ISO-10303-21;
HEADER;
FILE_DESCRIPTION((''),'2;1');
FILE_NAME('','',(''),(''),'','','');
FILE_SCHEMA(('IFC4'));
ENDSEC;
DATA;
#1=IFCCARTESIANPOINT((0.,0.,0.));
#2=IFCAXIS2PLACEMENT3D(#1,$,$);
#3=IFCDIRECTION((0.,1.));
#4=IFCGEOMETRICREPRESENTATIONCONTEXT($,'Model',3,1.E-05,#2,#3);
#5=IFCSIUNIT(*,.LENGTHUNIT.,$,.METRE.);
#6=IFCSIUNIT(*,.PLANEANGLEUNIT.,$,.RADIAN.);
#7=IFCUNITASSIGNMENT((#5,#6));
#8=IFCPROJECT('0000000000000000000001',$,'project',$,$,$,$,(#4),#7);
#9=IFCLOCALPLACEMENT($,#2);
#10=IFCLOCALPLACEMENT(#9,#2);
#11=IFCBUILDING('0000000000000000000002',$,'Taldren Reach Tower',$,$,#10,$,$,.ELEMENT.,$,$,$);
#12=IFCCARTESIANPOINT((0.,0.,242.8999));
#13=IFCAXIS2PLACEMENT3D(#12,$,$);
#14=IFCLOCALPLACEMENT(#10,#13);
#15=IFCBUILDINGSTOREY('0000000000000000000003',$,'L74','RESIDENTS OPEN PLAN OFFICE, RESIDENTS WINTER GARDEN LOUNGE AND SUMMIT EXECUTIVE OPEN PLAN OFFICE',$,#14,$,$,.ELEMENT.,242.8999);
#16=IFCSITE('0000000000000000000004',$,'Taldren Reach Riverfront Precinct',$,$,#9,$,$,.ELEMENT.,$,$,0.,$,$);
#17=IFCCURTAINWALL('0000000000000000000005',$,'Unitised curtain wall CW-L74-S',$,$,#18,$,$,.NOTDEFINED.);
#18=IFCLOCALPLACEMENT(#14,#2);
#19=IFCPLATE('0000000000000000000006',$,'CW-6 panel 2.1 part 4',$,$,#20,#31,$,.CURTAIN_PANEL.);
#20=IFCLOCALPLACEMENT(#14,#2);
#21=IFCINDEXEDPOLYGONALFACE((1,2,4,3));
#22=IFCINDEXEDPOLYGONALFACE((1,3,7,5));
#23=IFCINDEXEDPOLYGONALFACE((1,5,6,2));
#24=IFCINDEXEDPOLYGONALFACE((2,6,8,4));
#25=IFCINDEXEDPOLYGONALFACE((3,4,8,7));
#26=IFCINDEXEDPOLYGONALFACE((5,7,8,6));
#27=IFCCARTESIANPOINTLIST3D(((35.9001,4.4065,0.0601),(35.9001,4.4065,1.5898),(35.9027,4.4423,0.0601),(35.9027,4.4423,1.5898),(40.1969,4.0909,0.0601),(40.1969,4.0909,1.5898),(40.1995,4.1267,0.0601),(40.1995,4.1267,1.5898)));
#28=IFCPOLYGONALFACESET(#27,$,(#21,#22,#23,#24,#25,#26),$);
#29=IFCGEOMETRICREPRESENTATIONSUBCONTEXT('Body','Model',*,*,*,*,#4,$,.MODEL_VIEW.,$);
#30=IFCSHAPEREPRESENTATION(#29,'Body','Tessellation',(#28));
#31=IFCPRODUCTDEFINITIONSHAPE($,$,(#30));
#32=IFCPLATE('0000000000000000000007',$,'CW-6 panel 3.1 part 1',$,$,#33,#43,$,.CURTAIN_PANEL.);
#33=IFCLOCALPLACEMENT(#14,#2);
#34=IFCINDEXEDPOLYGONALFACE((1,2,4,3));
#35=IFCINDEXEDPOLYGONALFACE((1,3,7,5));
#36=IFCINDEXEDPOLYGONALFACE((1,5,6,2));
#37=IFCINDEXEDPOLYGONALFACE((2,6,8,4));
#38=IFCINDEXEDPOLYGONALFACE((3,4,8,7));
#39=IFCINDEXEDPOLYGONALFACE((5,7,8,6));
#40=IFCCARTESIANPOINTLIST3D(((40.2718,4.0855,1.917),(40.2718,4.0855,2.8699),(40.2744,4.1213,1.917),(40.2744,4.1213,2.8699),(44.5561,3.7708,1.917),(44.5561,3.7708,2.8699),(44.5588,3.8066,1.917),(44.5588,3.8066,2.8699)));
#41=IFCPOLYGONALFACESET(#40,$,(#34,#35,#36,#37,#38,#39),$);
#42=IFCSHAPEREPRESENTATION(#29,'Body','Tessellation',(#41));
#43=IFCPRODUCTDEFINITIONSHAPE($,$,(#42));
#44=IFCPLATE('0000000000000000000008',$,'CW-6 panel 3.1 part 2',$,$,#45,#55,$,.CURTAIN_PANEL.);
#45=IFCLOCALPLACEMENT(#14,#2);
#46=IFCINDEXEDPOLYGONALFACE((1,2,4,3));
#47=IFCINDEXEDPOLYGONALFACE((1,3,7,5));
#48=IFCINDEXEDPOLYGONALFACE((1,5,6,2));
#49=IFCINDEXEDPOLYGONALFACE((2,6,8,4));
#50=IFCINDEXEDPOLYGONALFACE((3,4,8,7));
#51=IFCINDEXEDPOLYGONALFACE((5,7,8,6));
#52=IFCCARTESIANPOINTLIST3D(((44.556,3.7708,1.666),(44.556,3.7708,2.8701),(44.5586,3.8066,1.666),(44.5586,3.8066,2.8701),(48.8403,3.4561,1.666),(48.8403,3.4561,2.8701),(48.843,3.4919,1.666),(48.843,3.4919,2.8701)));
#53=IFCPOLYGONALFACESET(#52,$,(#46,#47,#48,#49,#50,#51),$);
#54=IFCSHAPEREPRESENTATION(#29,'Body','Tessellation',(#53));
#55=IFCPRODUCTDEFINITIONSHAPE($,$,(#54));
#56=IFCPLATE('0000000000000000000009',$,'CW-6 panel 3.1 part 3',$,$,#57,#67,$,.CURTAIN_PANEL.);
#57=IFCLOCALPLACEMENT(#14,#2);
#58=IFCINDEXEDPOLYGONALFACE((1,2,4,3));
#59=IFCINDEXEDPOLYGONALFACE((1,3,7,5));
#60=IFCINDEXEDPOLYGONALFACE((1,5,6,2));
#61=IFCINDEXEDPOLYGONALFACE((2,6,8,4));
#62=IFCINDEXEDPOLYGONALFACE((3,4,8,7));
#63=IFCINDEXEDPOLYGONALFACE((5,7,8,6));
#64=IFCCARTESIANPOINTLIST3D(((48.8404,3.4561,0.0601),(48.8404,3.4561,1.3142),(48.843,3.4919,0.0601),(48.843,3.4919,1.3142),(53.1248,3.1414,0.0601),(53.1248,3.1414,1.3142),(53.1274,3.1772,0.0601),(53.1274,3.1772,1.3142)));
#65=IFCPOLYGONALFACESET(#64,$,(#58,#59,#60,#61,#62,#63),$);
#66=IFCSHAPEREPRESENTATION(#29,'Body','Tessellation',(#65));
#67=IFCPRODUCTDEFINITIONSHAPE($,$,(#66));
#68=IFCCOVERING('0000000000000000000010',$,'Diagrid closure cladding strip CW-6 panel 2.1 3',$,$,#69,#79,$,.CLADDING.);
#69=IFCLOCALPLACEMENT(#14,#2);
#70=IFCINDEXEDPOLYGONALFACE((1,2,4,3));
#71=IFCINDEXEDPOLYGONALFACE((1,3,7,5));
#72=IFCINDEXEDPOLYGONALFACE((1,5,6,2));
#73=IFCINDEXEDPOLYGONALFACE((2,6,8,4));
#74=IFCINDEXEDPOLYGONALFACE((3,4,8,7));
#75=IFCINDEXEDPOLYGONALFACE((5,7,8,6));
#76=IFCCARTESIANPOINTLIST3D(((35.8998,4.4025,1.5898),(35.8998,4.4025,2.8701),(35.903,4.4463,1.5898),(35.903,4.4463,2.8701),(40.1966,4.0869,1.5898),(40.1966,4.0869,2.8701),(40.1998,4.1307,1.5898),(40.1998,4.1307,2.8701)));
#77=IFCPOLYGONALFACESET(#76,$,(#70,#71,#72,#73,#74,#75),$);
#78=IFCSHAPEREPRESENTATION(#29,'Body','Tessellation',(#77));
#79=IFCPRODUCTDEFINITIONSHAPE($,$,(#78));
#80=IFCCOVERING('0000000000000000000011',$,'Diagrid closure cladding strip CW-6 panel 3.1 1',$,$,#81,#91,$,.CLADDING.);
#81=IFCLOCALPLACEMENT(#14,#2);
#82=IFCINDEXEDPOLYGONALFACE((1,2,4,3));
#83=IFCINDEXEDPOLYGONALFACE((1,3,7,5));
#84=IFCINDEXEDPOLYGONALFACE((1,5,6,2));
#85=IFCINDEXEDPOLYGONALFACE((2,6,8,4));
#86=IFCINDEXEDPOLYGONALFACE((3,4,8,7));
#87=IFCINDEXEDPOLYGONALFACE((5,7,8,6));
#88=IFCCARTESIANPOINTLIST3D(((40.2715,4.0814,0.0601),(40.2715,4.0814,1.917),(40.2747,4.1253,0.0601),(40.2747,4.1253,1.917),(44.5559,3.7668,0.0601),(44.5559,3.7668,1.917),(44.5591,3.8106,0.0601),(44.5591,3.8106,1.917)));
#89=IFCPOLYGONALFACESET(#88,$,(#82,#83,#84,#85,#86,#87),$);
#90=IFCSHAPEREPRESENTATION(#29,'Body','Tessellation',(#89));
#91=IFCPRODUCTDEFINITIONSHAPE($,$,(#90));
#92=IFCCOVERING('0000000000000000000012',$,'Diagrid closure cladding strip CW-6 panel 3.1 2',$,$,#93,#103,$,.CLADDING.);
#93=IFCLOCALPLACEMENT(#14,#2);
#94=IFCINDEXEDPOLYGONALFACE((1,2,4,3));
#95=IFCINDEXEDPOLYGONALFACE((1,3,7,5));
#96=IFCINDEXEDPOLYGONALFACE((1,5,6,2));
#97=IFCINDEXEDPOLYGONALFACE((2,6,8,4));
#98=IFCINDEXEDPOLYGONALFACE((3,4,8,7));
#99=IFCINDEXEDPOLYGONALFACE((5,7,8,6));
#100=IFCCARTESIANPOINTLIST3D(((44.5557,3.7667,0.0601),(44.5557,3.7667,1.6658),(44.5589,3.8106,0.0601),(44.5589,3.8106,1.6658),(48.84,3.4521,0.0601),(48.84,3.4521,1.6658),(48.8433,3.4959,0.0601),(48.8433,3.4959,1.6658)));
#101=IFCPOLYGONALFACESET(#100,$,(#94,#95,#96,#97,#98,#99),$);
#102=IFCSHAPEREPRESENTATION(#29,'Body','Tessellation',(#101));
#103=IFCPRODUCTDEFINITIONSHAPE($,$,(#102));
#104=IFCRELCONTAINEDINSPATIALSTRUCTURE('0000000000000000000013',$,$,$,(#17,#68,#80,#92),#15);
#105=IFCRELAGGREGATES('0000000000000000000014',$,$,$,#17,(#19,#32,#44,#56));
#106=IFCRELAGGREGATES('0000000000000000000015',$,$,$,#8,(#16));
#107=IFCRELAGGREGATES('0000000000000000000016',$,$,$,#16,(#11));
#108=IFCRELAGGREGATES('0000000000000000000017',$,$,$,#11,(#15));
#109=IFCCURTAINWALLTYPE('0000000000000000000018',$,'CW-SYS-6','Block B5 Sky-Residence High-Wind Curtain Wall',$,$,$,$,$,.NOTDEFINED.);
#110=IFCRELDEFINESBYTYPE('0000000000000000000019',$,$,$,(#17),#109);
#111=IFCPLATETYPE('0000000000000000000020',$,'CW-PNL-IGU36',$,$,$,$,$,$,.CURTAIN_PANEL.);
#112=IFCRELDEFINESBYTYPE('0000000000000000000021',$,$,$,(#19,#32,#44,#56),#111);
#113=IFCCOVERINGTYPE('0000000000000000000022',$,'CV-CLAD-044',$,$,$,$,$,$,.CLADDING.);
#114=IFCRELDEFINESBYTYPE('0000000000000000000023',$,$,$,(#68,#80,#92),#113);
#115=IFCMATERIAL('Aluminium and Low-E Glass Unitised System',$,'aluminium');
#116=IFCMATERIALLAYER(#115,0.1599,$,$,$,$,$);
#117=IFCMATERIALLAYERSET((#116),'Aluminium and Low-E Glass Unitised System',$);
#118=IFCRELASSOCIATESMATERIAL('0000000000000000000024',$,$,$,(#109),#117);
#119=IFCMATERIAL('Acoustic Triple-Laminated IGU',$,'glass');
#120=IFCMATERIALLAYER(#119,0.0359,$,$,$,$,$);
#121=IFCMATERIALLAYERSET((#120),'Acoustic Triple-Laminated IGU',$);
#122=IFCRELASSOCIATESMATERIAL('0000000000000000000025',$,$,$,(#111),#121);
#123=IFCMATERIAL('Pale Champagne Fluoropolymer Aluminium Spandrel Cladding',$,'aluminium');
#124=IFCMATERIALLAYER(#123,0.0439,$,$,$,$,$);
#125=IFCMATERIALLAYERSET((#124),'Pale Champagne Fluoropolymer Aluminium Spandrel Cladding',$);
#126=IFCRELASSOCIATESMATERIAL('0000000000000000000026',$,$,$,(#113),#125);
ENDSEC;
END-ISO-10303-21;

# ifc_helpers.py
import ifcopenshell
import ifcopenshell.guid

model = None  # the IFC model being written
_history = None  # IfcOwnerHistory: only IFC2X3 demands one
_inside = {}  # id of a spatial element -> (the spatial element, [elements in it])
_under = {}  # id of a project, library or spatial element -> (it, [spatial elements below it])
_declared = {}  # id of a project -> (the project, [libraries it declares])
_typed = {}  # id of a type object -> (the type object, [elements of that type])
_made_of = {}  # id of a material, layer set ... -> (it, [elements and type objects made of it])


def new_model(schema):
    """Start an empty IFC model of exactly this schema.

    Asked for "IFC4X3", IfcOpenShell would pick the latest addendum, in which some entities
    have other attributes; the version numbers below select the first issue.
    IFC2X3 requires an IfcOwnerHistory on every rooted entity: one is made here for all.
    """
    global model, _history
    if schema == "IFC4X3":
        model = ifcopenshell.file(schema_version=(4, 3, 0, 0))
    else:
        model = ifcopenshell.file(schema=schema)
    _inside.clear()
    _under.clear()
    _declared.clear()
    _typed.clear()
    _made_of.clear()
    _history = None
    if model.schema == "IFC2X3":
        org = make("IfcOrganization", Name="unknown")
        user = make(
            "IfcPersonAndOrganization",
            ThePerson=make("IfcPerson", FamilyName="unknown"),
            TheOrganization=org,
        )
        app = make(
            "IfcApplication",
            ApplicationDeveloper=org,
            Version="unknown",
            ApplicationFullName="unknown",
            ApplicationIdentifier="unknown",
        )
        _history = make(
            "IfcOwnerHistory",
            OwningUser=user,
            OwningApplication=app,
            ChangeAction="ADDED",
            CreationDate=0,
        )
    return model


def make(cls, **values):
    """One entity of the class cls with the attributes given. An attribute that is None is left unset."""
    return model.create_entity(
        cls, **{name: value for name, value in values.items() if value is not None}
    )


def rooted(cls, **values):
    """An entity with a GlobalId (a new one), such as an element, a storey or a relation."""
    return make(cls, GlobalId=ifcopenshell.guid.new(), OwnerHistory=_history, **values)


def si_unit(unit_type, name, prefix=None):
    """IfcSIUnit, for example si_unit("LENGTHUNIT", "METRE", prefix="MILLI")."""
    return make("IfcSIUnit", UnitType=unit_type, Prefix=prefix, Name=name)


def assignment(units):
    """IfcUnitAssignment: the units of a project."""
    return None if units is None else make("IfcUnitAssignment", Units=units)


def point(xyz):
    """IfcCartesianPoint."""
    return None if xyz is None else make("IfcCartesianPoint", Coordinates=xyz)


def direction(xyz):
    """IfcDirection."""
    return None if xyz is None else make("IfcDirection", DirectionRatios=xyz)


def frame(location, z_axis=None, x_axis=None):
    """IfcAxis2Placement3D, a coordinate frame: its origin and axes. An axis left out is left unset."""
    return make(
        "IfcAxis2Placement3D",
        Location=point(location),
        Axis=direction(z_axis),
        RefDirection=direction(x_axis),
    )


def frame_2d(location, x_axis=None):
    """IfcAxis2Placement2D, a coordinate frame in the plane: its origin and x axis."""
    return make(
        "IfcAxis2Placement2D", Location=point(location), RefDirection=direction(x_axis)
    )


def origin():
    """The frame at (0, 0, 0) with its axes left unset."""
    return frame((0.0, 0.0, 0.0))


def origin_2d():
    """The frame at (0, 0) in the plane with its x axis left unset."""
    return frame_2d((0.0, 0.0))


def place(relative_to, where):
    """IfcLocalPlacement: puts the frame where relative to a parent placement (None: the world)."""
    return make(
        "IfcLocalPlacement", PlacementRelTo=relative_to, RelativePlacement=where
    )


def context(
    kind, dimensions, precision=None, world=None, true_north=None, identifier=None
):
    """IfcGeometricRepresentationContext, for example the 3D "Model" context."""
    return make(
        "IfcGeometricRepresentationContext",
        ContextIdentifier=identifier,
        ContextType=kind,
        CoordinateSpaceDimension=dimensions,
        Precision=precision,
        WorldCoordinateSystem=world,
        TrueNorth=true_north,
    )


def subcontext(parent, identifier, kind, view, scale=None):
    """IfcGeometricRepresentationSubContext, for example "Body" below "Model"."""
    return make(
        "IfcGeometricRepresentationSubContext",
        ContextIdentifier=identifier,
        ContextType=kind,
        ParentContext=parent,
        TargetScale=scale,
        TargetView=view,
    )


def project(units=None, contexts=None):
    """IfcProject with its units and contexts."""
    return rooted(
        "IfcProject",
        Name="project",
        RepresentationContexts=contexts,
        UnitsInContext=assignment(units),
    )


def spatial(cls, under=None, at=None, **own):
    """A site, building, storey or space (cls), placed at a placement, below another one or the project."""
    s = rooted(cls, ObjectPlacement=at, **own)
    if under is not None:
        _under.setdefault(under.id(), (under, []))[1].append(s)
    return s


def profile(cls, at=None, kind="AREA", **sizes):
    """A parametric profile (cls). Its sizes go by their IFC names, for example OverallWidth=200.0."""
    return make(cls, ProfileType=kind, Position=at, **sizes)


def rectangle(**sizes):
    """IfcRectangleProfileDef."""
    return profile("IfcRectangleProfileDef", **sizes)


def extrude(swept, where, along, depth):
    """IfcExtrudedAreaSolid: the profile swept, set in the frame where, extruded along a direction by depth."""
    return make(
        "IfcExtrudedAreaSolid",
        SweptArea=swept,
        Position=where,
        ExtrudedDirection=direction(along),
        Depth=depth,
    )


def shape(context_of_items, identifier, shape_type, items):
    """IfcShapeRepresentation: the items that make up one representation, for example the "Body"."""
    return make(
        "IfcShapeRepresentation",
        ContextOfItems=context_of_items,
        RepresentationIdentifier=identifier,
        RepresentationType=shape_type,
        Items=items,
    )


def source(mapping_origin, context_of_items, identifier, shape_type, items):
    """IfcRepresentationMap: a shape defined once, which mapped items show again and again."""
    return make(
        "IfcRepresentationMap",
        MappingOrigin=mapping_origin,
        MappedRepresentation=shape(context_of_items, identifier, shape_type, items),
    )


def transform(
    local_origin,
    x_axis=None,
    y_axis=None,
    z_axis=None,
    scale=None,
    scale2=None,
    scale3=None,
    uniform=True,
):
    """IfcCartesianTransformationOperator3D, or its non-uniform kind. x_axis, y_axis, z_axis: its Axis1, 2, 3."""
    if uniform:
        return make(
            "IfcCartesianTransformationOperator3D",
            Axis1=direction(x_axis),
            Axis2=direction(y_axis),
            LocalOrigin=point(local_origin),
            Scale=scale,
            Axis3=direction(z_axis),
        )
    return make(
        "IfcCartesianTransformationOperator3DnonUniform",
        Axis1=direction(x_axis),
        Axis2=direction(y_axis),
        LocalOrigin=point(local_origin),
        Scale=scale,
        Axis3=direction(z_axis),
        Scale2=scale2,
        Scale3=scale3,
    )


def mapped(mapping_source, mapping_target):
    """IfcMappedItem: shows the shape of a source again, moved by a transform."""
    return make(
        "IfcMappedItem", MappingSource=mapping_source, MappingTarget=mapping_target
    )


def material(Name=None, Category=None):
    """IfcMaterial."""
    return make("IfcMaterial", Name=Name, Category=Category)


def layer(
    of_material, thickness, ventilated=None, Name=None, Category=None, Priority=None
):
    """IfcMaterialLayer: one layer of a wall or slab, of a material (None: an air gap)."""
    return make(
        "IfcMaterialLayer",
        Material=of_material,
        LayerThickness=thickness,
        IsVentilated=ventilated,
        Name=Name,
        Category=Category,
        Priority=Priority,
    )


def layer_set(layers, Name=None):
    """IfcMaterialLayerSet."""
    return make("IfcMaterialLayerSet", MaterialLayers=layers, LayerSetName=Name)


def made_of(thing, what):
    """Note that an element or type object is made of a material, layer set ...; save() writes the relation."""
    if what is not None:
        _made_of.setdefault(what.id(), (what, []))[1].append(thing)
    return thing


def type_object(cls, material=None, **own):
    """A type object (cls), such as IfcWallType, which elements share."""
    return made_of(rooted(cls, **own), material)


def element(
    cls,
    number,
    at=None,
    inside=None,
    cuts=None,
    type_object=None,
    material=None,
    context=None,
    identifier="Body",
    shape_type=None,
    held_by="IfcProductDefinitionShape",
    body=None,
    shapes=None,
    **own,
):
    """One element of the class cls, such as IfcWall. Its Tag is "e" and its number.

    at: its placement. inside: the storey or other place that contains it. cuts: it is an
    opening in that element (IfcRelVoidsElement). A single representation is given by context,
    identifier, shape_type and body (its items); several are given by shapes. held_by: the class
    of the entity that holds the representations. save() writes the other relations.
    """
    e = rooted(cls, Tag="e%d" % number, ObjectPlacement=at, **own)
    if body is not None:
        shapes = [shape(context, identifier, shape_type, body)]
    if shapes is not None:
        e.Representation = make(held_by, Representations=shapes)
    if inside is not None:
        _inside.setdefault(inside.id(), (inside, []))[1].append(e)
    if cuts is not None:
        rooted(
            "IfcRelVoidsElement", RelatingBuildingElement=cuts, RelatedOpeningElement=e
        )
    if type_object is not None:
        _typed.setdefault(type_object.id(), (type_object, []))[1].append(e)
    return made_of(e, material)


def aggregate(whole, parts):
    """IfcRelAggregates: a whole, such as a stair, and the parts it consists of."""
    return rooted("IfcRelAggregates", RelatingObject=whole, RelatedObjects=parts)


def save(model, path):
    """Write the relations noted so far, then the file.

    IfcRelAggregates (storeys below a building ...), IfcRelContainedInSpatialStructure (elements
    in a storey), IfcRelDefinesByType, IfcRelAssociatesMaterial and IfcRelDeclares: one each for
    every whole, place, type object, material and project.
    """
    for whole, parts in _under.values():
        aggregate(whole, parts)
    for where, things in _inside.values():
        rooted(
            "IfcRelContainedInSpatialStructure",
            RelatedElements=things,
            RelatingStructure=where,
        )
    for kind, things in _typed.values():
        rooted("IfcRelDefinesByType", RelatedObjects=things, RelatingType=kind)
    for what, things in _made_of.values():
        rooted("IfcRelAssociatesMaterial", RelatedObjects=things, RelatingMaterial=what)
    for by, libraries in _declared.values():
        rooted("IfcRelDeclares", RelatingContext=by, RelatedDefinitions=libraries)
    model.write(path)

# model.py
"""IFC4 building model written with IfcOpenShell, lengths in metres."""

from ifc_helpers import new_model, si_unit, direction, frame, origin, origin_2d, place, context, subcontext, project, spatial, rectangle, extrude, source, transform, mapped, material, layer, layer_set, type_object, element, aggregate, save


model = new_model("IFC4")

# Units and contexts
model_context = context("Model", 3, precision=1e-05, world=origin(), true_north=direction((0.0, 1.0)))
body_context = subcontext(model_context, "Body", "Model", "MODEL_VIEW")
ifc_project = project(units=[si_unit("LENGTHUNIT", "METRE"), si_unit("PLANEANGLEUNIT", "RADIAN")], contexts=[model_context])

# Site, building, storey
site_placement = place(None, origin())
site = spatial("IfcSite", under=ifc_project, at=site_placement, Name="Taldren Reach Riverfront Precinct", CompositionType="ELEMENT", RefElevation=0.0)
building_placement = place(site_placement, origin())
building = spatial("IfcBuilding", under=site, at=building_placement, Name="Taldren Reach Tower", CompositionType="ELEMENT")
storey_placement = place(building_placement, frame((0.0, 0.0, 242.8999)))
storey = spatial("IfcBuildingStorey", under=building, at=storey_placement, Name="L74", Description="RESIDENTS OPEN PLAN OFFICE, RESIDENTS WINTER GARDEN LOUNGE AND SUMMIT EXECUTIVE OPEN PLAN OFFICE", CompositionType="ELEMENT", Elevation=242.8999)

# Curtain wall
ifc_material_1 = material(Name="Aluminium and Low-E Glass Unitised System", Category="aluminium")
ifc_layer_1 = layer(ifc_material_1, 0.1599)
ifc_layer_set_1 = layer_set([ifc_layer_1], Name="Aluminium and Low-E Glass Unitised System")
curtain_wall_type = type_object("IfcCurtainWallType", Name="CW-SYS-6", Description="Block B5 Sky-Residence High-Wind Curtain Wall", PredefinedType="NOTDEFINED", material=ifc_layer_set_1)
curtain_wall_placement = place(storey_placement, origin())
curtain_wall = element("IfcCurtainWall", 1, at=curtain_wall_placement, inside=storey, type_object=curtain_wall_type, Name="Unitised curtain wall CW-L74-S", PredefinedType="NOTDEFINED")

# Plates
ifc_material_2 = material(Name="Acoustic Triple-Laminated IGU", Category="glass")
ifc_layer_2 = layer(ifc_material_2, 0.0359)
ifc_layer_set_2 = layer_set([ifc_layer_2], Name="Acoustic Triple-Laminated IGU")
plate_type_1 = type_object("IfcPlateType", Name="CW-PNL-IGU36", PredefinedType="CURTAIN_PANEL", material=ifc_layer_set_2)
shared_shape_1 = source(origin(), body_context, "Body", "SweptSolid", [
    extrude(rectangle(XDim=4.3083, YDim=0.0359, at=origin_2d()), origin(), (0.0, 0.0, 1.0), 1.5298),
])
plate_1_placement = place(storey_placement, frame((38.0498, 4.2666, 0.0601), z_axis=(0.0, 0.0, 1.0), x_axis=(0.997314, -0.073238, 0.0)))
plate_1 = element("IfcPlate", 2, at=plate_1_placement, type_object=plate_type_1, Name="CW-6 panel 2.1 part 4", PredefinedType="CURTAIN_PANEL", context=body_context, shape_type="MappedRepresentation", body=[
    mapped(shared_shape_1, transform((0.0, 0.0, 0.0), scale=1.0)),
])
shared_shape_2 = source(origin(), body_context, "Body", "SweptSolid", [
    extrude(rectangle(XDim=4.2959, YDim=0.0359, at=origin_2d()), origin(), (0.0, 0.0, 1.0), 0.9529),
])
plate_2_placement = place(storey_placement, frame((42.4153, 3.946, 1.917), z_axis=(0.0, 0.0, 1.0), x_axis=(0.997314, -0.073238, 0.0)))
plate_2 = element("IfcPlate", 3, at=plate_2_placement, type_object=plate_type_1, Name="CW-6 panel 3.1 part 1", PredefinedType="CURTAIN_PANEL", context=body_context, shape_type="MappedRepresentation", body=[
    mapped(shared_shape_2, transform((0.0, 0.0, 0.0), scale=1.0)),
])
shared_shape_3 = source(origin(), body_context, "Body", "SweptSolid", [
    extrude(rectangle(XDim=4.2959, YDim=0.0359, at=origin_2d()), origin(), (0.0, 0.0, 1.0), 1.2041),
])
plate_3_placement = place(storey_placement, frame((46.6995, 3.6313, 1.666), z_axis=(0.0, 0.0, 1.0), x_axis=(0.997314, -0.073238, 0.0)))
plate_3 = element("IfcPlate", 4, at=plate_3_placement, type_object=plate_type_1, Name="CW-6 panel 3.1 part 2", PredefinedType="CURTAIN_PANEL", context=body_context, shape_type="MappedRepresentation", body=[
    mapped(shared_shape_3, transform((0.0, 0.0, 0.0), scale=1.0)),
])
shared_shape_4 = source(origin(), body_context, "Body", "SweptSolid", [
    extrude(rectangle(XDim=4.2959, YDim=0.0359, at=origin_2d()), origin(), (0.0, 0.0, 1.0), 1.2542),
])
plate_4_placement = place(storey_placement, frame((50.9839, 3.3167, 0.0601), z_axis=(0.0, 0.0, 1.0), x_axis=(0.997314, -0.073238, 0.0)))
plate_4 = element("IfcPlate", 5, at=plate_4_placement, type_object=plate_type_1, Name="CW-6 panel 3.1 part 3", PredefinedType="CURTAIN_PANEL", context=body_context, shape_type="MappedRepresentation", body=[
    mapped(shared_shape_4, transform((0.0, 0.0, 0.0), scale=1.0)),
])
aggregate(curtain_wall, [plate_1, plate_2, plate_3, plate_4])

# Coverings
ifc_material_3 = material(Name="Pale Champagne Fluoropolymer Aluminium Spandrel Cladding", Category="aluminium")
ifc_layer_3 = layer(ifc_material_3, 0.0439)
ifc_layer_set_3 = layer_set([ifc_layer_3], Name="Pale Champagne Fluoropolymer Aluminium Spandrel Cladding")
covering_type = type_object("IfcCoveringType", Name="CV-CLAD-044", PredefinedType="CLADDING", material=ifc_layer_set_3)
shared_shape_5 = source(origin(), body_context, "Body", "SweptSolid", [
    extrude(rectangle(XDim=4.3083, YDim=0.0439, at=origin_2d()), origin(), (0.0, 0.0, 1.0), 1.2803),
])
covering_1_placement = place(storey_placement, frame((38.0498, 4.2666, 1.5898), z_axis=(0.0, 0.0, 1.0), x_axis=(0.997314, -0.073238, 0.0)))
element("IfcCovering", 6, at=covering_1_placement, inside=storey, type_object=covering_type, Name="Diagrid closure cladding strip CW-6 panel 2.1 3", PredefinedType="CLADDING", context=body_context, shape_type="MappedRepresentation", body=[
    mapped(shared_shape_5, transform((0.0, 0.0, 0.0), scale=1.0)),
])
shared_shape_6 = source(origin(), body_context, "Body", "SweptSolid", [
    extrude(rectangle(XDim=4.2959, YDim=0.0439, at=origin_2d()), origin(), (0.0, 0.0, 1.0), 1.8569),
])
covering_2_placement = place(storey_placement, frame((42.4153, 3.946, 0.0601), z_axis=(0.0, 0.0, 1.0), x_axis=(0.997314, -0.073238, 0.0)))
element("IfcCovering", 7, at=covering_2_placement, inside=storey, type_object=covering_type, Name="Diagrid closure cladding strip CW-6 panel 3.1 1", PredefinedType="CLADDING", context=body_context, shape_type="MappedRepresentation", body=[
    mapped(shared_shape_6, transform((0.0, 0.0, 0.0), scale=1.0)),
])
shared_shape_7 = source(origin(), body_context, "Body", "SweptSolid", [
    extrude(rectangle(XDim=4.2959, YDim=0.0439, at=origin_2d()), origin(), (0.0, 0.0, 1.0), 1.6057),
])
covering_3_placement = place(storey_placement, frame((46.6995, 3.6313, 0.0601), z_axis=(0.0, 0.0, 1.0), x_axis=(0.997314, -0.073238, 0.0)))
element("IfcCovering", 8, at=covering_3_placement, inside=storey, type_object=covering_type, Name="Diagrid closure cladding strip CW-6 panel 3.1 2", PredefinedType="CLADDING", context=body_context, shape_type="MappedRepresentation", body=[
    mapped(shared_shape_7, transform((0.0, 0.0, 0.0), scale=1.0)),
])

save(model, "model.ifc")
